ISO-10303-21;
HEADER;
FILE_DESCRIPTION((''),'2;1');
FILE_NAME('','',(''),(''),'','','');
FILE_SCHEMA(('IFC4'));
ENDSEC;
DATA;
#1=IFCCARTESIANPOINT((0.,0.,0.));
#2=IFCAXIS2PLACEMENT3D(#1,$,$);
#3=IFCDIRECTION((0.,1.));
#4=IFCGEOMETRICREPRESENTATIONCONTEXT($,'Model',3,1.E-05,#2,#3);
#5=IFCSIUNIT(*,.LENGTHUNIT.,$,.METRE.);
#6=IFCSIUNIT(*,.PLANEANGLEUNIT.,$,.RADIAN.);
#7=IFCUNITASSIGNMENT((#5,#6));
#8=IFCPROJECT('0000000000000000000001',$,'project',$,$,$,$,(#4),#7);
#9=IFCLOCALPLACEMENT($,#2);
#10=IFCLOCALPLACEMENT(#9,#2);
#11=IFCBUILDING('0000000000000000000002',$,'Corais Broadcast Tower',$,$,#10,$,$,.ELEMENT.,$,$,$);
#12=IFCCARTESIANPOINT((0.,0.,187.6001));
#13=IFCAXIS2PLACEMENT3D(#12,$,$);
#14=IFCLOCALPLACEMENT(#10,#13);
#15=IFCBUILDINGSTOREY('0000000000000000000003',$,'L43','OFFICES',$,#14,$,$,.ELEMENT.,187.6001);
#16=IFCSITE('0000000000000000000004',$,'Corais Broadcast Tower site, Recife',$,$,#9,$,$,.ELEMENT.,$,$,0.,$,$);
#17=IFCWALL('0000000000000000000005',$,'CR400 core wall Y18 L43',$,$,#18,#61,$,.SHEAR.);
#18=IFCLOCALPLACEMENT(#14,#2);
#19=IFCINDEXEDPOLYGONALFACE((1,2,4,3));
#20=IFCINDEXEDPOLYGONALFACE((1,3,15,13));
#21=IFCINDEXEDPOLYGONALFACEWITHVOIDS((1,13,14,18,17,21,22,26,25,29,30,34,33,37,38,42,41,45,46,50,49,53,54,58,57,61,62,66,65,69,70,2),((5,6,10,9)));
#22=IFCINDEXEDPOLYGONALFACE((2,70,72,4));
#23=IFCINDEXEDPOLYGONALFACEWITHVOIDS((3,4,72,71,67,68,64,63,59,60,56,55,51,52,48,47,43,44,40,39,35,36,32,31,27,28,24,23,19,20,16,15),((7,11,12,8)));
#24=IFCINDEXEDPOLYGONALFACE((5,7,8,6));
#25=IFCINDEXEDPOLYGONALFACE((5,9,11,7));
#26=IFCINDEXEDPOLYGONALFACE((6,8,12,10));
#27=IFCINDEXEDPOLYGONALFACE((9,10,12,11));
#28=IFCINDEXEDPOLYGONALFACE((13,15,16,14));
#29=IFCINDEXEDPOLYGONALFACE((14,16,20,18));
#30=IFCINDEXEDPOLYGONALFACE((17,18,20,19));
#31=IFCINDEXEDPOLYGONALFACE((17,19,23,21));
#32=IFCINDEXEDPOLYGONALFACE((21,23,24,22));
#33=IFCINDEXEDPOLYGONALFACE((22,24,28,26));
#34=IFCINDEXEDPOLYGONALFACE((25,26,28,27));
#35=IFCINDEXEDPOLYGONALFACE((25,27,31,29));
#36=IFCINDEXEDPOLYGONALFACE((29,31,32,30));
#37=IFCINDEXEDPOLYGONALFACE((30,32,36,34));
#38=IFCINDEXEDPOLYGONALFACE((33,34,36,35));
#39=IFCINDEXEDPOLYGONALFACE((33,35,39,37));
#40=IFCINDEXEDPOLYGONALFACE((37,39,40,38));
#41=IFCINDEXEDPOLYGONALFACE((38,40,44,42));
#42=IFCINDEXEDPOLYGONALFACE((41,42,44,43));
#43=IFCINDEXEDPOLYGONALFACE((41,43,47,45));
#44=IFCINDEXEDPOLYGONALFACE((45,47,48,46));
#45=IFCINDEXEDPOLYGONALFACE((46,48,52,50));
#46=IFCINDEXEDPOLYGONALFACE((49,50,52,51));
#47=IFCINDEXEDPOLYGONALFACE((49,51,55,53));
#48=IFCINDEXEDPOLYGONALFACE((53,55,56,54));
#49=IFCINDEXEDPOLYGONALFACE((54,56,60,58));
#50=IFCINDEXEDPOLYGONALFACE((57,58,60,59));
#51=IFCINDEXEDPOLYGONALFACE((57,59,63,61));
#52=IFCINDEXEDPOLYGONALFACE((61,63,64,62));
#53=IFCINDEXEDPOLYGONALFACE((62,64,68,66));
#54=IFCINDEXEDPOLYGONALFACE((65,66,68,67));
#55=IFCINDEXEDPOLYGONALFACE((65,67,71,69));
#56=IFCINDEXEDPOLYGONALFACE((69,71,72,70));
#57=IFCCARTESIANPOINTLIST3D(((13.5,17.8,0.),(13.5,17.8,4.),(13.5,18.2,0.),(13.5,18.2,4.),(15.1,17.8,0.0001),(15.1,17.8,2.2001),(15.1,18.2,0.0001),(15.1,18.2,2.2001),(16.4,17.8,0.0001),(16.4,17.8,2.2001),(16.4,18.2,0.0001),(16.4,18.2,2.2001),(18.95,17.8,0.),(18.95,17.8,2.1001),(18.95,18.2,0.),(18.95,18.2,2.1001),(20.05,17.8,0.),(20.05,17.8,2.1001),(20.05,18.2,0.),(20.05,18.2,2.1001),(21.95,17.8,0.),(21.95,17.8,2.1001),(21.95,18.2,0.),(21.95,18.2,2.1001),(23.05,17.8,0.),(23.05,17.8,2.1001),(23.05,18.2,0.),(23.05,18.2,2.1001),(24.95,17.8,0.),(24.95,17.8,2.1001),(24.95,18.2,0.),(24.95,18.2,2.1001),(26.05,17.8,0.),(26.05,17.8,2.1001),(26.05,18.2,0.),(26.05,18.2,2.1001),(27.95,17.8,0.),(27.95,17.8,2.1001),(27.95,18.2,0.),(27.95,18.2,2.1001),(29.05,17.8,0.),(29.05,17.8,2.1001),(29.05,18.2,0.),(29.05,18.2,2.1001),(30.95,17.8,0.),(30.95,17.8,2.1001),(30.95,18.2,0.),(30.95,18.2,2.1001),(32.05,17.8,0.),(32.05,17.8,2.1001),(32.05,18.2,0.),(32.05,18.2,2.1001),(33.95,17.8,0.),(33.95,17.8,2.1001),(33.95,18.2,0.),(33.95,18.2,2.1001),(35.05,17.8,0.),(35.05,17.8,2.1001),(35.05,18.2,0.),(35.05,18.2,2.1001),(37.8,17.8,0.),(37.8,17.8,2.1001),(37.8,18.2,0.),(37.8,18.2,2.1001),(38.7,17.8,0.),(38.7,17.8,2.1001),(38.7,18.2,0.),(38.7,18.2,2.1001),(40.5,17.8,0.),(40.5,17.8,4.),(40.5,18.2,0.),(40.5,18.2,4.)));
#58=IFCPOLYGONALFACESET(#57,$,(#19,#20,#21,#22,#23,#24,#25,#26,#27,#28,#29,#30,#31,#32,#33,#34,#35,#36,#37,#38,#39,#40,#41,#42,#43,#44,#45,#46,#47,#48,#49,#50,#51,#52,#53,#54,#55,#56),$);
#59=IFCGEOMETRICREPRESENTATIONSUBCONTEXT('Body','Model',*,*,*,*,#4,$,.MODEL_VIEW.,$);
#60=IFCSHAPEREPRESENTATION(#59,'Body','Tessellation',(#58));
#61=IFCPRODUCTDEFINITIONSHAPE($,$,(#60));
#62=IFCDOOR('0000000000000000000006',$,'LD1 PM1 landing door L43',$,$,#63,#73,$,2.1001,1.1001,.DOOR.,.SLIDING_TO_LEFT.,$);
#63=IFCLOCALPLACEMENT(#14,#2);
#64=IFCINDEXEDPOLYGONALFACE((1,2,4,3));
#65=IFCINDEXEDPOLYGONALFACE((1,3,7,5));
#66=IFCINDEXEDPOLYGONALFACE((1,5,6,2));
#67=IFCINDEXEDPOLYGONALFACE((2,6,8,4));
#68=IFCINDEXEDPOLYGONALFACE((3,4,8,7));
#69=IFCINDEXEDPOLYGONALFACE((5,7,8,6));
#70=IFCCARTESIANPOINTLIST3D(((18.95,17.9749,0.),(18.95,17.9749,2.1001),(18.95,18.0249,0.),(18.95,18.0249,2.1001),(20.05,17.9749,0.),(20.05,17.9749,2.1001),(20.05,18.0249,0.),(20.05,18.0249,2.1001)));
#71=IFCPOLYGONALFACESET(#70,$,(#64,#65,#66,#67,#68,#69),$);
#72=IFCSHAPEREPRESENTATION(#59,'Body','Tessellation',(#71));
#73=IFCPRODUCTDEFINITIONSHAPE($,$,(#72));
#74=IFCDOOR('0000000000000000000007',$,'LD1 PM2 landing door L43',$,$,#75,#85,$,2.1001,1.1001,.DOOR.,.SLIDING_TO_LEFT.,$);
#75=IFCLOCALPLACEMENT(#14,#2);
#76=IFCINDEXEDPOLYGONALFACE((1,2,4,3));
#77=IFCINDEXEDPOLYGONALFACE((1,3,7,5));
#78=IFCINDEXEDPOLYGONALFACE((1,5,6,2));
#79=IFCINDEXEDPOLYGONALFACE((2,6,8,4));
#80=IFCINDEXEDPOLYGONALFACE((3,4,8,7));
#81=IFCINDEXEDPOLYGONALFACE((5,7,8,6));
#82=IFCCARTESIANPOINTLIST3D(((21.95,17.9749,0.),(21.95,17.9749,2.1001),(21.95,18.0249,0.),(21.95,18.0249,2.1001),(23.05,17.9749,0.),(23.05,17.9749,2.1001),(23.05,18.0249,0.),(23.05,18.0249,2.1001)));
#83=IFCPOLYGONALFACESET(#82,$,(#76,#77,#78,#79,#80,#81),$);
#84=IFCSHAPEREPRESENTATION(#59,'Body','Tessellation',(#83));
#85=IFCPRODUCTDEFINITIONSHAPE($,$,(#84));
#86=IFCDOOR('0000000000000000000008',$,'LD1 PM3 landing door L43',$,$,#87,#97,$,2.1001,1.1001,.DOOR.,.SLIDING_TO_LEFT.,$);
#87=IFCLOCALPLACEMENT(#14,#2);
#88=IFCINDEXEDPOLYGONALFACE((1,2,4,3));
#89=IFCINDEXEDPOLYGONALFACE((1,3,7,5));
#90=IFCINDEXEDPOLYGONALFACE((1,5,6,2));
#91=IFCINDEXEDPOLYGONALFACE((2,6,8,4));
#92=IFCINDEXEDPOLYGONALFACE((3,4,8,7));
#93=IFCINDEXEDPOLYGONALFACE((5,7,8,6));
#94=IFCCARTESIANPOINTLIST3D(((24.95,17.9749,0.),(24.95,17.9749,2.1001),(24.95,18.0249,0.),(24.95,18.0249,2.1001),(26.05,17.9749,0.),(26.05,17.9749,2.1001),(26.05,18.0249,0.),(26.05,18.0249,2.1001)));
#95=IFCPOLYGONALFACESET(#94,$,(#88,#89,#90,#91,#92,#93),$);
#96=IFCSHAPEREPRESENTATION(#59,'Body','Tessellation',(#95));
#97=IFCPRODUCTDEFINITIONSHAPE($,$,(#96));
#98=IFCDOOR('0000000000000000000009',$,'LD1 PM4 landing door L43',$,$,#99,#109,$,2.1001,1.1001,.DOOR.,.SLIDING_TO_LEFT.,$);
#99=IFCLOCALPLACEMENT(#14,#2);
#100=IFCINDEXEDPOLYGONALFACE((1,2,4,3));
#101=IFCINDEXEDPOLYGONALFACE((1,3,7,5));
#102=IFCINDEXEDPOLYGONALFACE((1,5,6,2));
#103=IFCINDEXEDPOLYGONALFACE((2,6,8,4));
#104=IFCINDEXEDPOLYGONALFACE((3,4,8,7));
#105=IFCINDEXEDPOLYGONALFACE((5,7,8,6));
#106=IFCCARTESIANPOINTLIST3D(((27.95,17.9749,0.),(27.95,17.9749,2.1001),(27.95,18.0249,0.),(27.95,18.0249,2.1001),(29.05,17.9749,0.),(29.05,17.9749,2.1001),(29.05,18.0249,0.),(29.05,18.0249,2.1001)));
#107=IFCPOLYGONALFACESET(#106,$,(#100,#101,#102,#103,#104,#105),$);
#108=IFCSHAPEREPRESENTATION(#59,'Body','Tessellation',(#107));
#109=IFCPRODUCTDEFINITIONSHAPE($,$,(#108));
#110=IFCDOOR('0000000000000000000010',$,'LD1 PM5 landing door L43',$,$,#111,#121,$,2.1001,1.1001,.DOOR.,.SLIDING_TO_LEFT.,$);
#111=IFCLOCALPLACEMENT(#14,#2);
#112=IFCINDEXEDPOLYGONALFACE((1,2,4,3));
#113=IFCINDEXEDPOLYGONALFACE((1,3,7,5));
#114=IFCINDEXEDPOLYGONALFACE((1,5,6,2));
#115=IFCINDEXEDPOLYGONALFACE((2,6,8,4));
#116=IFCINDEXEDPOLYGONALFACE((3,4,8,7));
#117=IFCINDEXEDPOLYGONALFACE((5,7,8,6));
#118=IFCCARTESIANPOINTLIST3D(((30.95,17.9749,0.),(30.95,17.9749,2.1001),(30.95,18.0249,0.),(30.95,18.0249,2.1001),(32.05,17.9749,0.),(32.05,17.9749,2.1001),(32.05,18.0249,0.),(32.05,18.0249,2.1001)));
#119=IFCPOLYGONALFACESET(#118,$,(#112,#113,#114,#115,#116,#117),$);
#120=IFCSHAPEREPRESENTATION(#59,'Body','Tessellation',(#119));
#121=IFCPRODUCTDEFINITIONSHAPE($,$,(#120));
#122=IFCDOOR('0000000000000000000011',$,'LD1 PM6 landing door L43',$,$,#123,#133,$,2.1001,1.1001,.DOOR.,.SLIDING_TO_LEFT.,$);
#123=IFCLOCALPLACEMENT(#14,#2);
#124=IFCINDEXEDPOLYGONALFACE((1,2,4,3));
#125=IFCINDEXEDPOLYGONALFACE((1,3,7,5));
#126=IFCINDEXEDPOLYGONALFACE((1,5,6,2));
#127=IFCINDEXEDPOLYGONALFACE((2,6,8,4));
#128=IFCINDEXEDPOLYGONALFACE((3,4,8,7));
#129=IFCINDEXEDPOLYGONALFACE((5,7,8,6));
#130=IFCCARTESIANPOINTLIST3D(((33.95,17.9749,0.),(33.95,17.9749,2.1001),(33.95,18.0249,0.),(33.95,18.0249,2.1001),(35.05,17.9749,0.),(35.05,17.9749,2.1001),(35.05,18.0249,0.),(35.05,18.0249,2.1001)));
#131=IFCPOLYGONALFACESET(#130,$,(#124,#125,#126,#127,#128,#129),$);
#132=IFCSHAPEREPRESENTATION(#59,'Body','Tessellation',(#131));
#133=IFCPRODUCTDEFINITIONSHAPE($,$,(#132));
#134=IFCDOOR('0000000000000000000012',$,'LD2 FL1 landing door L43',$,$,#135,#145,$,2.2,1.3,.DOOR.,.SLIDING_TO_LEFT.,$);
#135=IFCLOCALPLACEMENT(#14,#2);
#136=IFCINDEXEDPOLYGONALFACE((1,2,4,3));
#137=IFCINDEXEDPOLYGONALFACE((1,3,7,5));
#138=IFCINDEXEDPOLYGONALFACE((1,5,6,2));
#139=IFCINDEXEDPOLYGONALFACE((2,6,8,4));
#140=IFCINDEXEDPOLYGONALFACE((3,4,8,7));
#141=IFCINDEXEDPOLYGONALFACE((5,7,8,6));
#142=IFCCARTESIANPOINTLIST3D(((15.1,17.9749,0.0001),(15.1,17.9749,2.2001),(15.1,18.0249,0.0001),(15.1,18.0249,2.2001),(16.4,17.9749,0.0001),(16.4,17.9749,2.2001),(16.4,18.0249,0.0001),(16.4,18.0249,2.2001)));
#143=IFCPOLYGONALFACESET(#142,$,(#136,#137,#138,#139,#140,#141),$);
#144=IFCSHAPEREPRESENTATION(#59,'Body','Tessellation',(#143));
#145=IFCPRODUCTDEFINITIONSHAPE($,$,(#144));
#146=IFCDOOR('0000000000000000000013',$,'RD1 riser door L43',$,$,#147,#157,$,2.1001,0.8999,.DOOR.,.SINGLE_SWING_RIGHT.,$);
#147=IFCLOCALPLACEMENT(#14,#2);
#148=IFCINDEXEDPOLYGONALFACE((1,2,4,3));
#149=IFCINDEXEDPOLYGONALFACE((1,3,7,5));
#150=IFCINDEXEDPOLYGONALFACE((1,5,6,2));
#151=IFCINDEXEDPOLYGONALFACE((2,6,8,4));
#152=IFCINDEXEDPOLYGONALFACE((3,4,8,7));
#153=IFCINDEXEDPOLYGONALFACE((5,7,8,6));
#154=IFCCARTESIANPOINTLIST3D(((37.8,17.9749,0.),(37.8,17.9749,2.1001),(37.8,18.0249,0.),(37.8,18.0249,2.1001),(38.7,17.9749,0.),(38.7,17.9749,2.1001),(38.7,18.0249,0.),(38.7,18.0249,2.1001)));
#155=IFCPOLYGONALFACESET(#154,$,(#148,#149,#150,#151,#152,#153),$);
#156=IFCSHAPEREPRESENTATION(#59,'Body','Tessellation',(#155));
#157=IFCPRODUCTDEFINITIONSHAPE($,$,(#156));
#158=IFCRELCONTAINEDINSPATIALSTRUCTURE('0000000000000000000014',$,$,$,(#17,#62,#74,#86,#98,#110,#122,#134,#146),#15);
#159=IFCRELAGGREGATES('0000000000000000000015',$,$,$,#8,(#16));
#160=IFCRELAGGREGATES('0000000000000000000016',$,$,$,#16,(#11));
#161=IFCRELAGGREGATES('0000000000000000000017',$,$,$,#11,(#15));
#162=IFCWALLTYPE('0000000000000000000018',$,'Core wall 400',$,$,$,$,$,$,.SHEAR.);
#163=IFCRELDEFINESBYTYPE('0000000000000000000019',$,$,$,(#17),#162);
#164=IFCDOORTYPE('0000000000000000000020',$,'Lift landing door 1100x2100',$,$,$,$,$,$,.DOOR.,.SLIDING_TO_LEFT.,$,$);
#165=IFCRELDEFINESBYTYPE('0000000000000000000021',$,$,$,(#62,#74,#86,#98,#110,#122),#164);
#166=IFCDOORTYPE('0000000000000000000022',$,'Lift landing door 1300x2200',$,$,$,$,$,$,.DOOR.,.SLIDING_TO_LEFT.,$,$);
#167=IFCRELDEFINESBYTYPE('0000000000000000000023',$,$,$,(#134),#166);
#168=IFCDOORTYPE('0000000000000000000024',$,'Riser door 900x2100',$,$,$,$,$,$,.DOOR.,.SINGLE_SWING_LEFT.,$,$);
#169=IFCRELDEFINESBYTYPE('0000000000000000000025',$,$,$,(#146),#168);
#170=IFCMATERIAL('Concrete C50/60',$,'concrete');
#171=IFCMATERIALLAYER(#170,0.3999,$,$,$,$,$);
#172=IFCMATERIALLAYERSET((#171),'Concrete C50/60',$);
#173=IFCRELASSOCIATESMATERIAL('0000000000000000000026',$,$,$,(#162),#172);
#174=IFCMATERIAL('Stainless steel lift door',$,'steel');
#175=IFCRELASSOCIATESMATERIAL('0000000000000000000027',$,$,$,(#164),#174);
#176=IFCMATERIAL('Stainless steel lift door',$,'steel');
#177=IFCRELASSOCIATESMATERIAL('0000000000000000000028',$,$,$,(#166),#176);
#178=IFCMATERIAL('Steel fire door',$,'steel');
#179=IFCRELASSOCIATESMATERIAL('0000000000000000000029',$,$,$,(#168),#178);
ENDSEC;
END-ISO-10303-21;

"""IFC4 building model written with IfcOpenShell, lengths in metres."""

from ifc_helpers import new_model, si_unit, direction, frame, frame_2d, origin, place, context, subcontext, project, spatial, rectangle, extrude, material, layer, layer_set, type_object, element, fill, save


model = new_model("IFC4")

# Units and contexts
model_context = context("Model", 3, precision=1e-05, world=origin(), true_north=direction((0.0, 1.0)))
body_context = subcontext(model_context, "Body", "Model", "MODEL_VIEW")
ifc_project = project(units=[si_unit("LENGTHUNIT", "METRE"), si_unit("PLANEANGLEUNIT", "RADIAN")], contexts=[model_context])

# Site, building, storey
site_placement = place(None, origin())
site = spatial("IfcSite", under=ifc_project, at=site_placement, Name="Corais Broadcast Tower site, Recife", CompositionType="ELEMENT", RefElevation=0.0)
building_placement = place(site_placement, origin())
building = spatial("IfcBuilding", under=site, at=building_placement, Name="Corais Broadcast Tower", CompositionType="ELEMENT")
storey_placement = place(building_placement, frame((0.0, 0.0, 187.6001)))
storey = spatial("IfcBuildingStorey", under=building, at=storey_placement, Name="L43", Description="OFFICES", CompositionType="ELEMENT", Elevation=187.6001)

# Shared definitions
ifc_material_1 = material(Name="Concrete C50/60", Category="concrete")
ifc_layer_1 = layer(ifc_material_1, 0.3999)
ifc_layer_set_1 = layer_set([ifc_layer_1], Name="Concrete C50/60")
wall_type_1 = type_object("IfcWallType", Name="Core wall 400", PredefinedType="SHEAR", material=ifc_layer_set_1)

# Wall, openings, doors
wall_1_placement = place(storey_placement, frame((13.5, 18.0, 0.0), z_axis=(0.0, 0.0, 1.0), x_axis=(1.0, 0.0, 0.0)))
wall_1 = element("IfcWall", 1, at=wall_1_placement, inside=storey, type_object=wall_type_1, Name="CR400 core wall Y18 L43", PredefinedType="SHEAR", context=body_context, shape_type="SweptSolid", body=[
    extrude(rectangle(XDim=27.0, YDim=0.3999, at=frame_2d((13.5, 0.0))), origin(), (0.0, 0.0, 1.0), 4.0),
])
opening_1_placement = place(wall_1_placement, frame((24.3, 0.0, 0.0)))
opening_1 = element("IfcOpeningElement", 2, at=opening_1_placement, cuts=wall_1, PredefinedType="OPENING", context=body_context, shape_type="SweptSolid", body=[
    extrude(rectangle(XDim=0.8999, YDim=2.1001, at=frame_2d((0.45, 1.05))), frame((0.0, 0.21, 0.0), z_axis=(0.0, -1.0, 0.0), x_axis=(1.0, 0.0, 0.0)), (0.0, 0.0, 1.0), 0.4199),
])
opening_2_placement = place(wall_1_placement, frame((5.45, 0.0, 0.0)))
opening_2 = element("IfcOpeningElement", 3, at=opening_2_placement, cuts=wall_1, PredefinedType="OPENING", context=body_context, shape_type="SweptSolid", body=[
    extrude(rectangle(XDim=1.1001, YDim=2.1001, at=frame_2d((0.55, 1.05))), frame((0.0, 0.21, 0.0), z_axis=(0.0, -1.0, 0.0), x_axis=(1.0, 0.0, 0.0)), (0.0, 0.0, 1.0), 0.4199),
])
opening_3_placement = place(wall_1_placement, frame((8.45, 0.0, 0.0)))
opening_3 = element("IfcOpeningElement", 4, at=opening_3_placement, cuts=wall_1, PredefinedType="OPENING", context=body_context, shape_type="SweptSolid", body=[
    extrude(rectangle(XDim=1.1001, YDim=2.1001, at=frame_2d((0.55, 1.05))), frame((0.0, 0.21, 0.0), z_axis=(0.0, -1.0, 0.0), x_axis=(1.0, 0.0, 0.0)), (0.0, 0.0, 1.0), 0.4199),
])
opening_4_placement = place(wall_1_placement, frame((11.45, 0.0, 0.0)))
opening_4 = element("IfcOpeningElement", 5, at=opening_4_placement, cuts=wall_1, PredefinedType="OPENING", context=body_context, shape_type="SweptSolid", body=[
    extrude(rectangle(XDim=1.1001, YDim=2.1001, at=frame_2d((0.55, 1.05))), frame((0.0, 0.21, 0.0), z_axis=(0.0, -1.0, 0.0), x_axis=(1.0, 0.0, 0.0)), (0.0, 0.0, 1.0), 0.4199),
])
opening_5_placement = place(wall_1_placement, frame((14.45, 0.0, 0.0)))
opening_5 = element("IfcOpeningElement", 6, at=opening_5_placement, cuts=wall_1, PredefinedType="OPENING", context=body_context, shape_type="SweptSolid", body=[
    extrude(rectangle(XDim=1.1001, YDim=2.1001, at=frame_2d((0.55, 1.05))), frame((0.0, 0.21, 0.0), z_axis=(0.0, -1.0, 0.0), x_axis=(1.0, 0.0, 0.0)), (0.0, 0.0, 1.0), 0.4199),
])
opening_6_placement = place(wall_1_placement, frame((17.45, 0.0, 0.0)))
opening_6 = element("IfcOpeningElement", 7, at=opening_6_placement, cuts=wall_1, PredefinedType="OPENING", context=body_context, shape_type="SweptSolid", body=[
    extrude(rectangle(XDim=1.1001, YDim=2.1001, at=frame_2d((0.55, 1.05))), frame((0.0, 0.21, 0.0), z_axis=(0.0, -1.0, 0.0), x_axis=(1.0, 0.0, 0.0)), (0.0, 0.0, 1.0), 0.4199),
])
opening_7_placement = place(wall_1_placement, frame((20.45, 0.0, 0.0)))
opening_7 = element("IfcOpeningElement", 8, at=opening_7_placement, cuts=wall_1, PredefinedType="OPENING", context=body_context, shape_type="SweptSolid", body=[
    extrude(rectangle(XDim=1.1001, YDim=2.1001, at=frame_2d((0.55, 1.05))), frame((0.0, 0.21, 0.0), z_axis=(0.0, -1.0, 0.0), x_axis=(1.0, 0.0, 0.0)), (0.0, 0.0, 1.0), 0.4199),
])
opening_8_placement = place(wall_1_placement, frame((1.6001, 0.0, 0.0)))
opening_8 = element("IfcOpeningElement", 9, at=opening_8_placement, cuts=wall_1, PredefinedType="OPENING", context=body_context, shape_type="SweptSolid", body=[
    extrude(rectangle(XDim=1.3, YDim=2.2, at=frame_2d((0.6499, 1.1001))), frame((0.0, 0.21, 0.0), z_axis=(0.0, -1.0, 0.0), x_axis=(1.0, 0.0, 0.0)), (0.0, 0.0, 1.0), 0.4199),
])
ifc_material_2 = material(Name="Stainless steel lift door", Category="steel")
door_type_1 = type_object("IfcDoorType", Name="Lift landing door 1100x2100", OperationType="SLIDING_TO_LEFT", PredefinedType="DOOR", material=ifc_material_2)
door_1_placement = place(opening_2_placement, origin())
door_1 = element("IfcDoor", 10, at=door_1_placement, inside=storey, type_object=door_type_1, Name="LD1 PM1 landing door L43", OperationType="SLIDING_TO_LEFT", OverallHeight=2.1001, OverallWidth=1.1001, PredefinedType="DOOR", context=body_context, shape_type="SweptSolid", body=[
    extrude(rectangle(XDim=1.1001, YDim=2.1001, at=frame_2d((0.55, 1.05))), frame((0.0, 0.0249, 0.0), z_axis=(0.0, -1.0, 0.0), x_axis=(1.0, 0.0, 0.0)), (0.0, 0.0, 1.0), 0.05),
])
fill(opening_2, door_1)
door_2_placement = place(opening_3_placement, origin())
door_2 = element("IfcDoor", 11, at=door_2_placement, inside=storey, type_object=door_type_1, Name="LD1 PM2 landing door L43", OperationType="SLIDING_TO_LEFT", OverallHeight=2.1001, OverallWidth=1.1001, PredefinedType="DOOR", context=body_context, shape_type="SweptSolid", body=[
    extrude(rectangle(XDim=1.1001, YDim=2.1001, at=frame_2d((0.55, 1.05))), frame((0.0, 0.0249, 0.0), z_axis=(0.0, -1.0, 0.0), x_axis=(1.0, 0.0, 0.0)), (0.0, 0.0, 1.0), 0.05),
])
fill(opening_3, door_2)
door_3_placement = place(opening_4_placement, origin())
door_3 = element("IfcDoor", 12, at=door_3_placement, inside=storey, type_object=door_type_1, Name="LD1 PM3 landing door L43", OperationType="SLIDING_TO_LEFT", OverallHeight=2.1001, OverallWidth=1.1001, PredefinedType="DOOR", context=body_context, shape_type="SweptSolid", body=[
    extrude(rectangle(XDim=1.1001, YDim=2.1001, at=frame_2d((0.55, 1.05))), frame((0.0, 0.0249, 0.0), z_axis=(0.0, -1.0, 0.0), x_axis=(1.0, 0.0, 0.0)), (0.0, 0.0, 1.0), 0.05),
])
fill(opening_4, door_3)
door_4_placement = place(opening_5_placement, origin())
door_4 = element("IfcDoor", 13, at=door_4_placement, inside=storey, type_object=door_type_1, Name="LD1 PM4 landing door L43", OperationType="SLIDING_TO_LEFT", OverallHeight=2.1001, OverallWidth=1.1001, PredefinedType="DOOR", context=body_context, shape_type="SweptSolid", body=[
    extrude(rectangle(XDim=1.1001, YDim=2.1001, at=frame_2d((0.55, 1.05))), frame((0.0, 0.0249, 0.0), z_axis=(0.0, -1.0, 0.0), x_axis=(1.0, 0.0, 0.0)), (0.0, 0.0, 1.0), 0.05),
])
fill(opening_5, door_4)
door_5_placement = place(opening_6_placement, origin())
door_5 = element("IfcDoor", 14, at=door_5_placement, inside=storey, type_object=door_type_1, Name="LD1 PM5 landing door L43", OperationType="SLIDING_TO_LEFT", OverallHeight=2.1001, OverallWidth=1.1001, PredefinedType="DOOR", context=body_context, shape_type="SweptSolid", body=[
    extrude(rectangle(XDim=1.1001, YDim=2.1001, at=frame_2d((0.55, 1.05))), frame((0.0, 0.0249, 0.0), z_axis=(0.0, -1.0, 0.0), x_axis=(1.0, 0.0, 0.0)), (0.0, 0.0, 1.0), 0.05),
])
fill(opening_6, door_5)
door_6_placement = place(opening_7_placement, origin())
door_6 = element("IfcDoor", 15, at=door_6_placement, inside=storey, type_object=door_type_1, Name="LD1 PM6 landing door L43", OperationType="SLIDING_TO_LEFT", OverallHeight=2.1001, OverallWidth=1.1001, PredefinedType="DOOR", context=body_context, shape_type="SweptSolid", body=[
    extrude(rectangle(XDim=1.1001, YDim=2.1001, at=frame_2d((0.55, 1.05))), frame((0.0, 0.0249, 0.0), z_axis=(0.0, -1.0, 0.0), x_axis=(1.0, 0.0, 0.0)), (0.0, 0.0, 1.0), 0.05),
])
fill(opening_7, door_6)
ifc_material_3 = material(Name="Stainless steel lift door", Category="steel")
door_type_2 = type_object("IfcDoorType", Name="Lift landing door 1300x2200", OperationType="SLIDING_TO_LEFT", PredefinedType="DOOR", material=ifc_material_3)
door_7_placement = place(opening_8_placement, origin())
door_7 = element("IfcDoor", 16, at=door_7_placement, inside=storey, type_object=door_type_2, Name="LD2 FL1 landing door L43", OperationType="SLIDING_TO_LEFT", OverallHeight=2.2, OverallWidth=1.3, PredefinedType="DOOR", context=body_context, shape_type="SweptSolid", body=[
    extrude(rectangle(XDim=1.3, YDim=2.2, at=frame_2d((0.6499, 1.1001))), frame((0.0, 0.0249, 0.0), z_axis=(0.0, -1.0, 0.0), x_axis=(1.0, 0.0, 0.0)), (0.0, 0.0, 1.0), 0.05),
])
fill(opening_8, door_7)
ifc_material_4 = material(Name="Steel fire door", Category="steel")
door_type_3 = type_object("IfcDoorType", Name="Riser door 900x2100", OperationType="SINGLE_SWING_LEFT", PredefinedType="DOOR", material=ifc_material_4)
door_8_placement = place(opening_1_placement, origin())
door_8 = element("IfcDoor", 17, at=door_8_placement, inside=storey, type_object=door_type_3, Name="RD1 riser door L43", OperationType="SINGLE_SWING_RIGHT", OverallHeight=2.1001, OverallWidth=0.8999, PredefinedType="DOOR", context=body_context, shape_type="SweptSolid", body=[
    extrude(rectangle(XDim=0.8999, YDim=2.1001, at=frame_2d((0.45, 1.05))), frame((0.0, 0.0249, 0.0), z_axis=(0.0, -1.0, 0.0), x_axis=(1.0, 0.0, 0.0)), (0.0, 0.0, 1.0), 0.05),
])
fill(opening_1, door_8)

save(model, "model.ifc")
